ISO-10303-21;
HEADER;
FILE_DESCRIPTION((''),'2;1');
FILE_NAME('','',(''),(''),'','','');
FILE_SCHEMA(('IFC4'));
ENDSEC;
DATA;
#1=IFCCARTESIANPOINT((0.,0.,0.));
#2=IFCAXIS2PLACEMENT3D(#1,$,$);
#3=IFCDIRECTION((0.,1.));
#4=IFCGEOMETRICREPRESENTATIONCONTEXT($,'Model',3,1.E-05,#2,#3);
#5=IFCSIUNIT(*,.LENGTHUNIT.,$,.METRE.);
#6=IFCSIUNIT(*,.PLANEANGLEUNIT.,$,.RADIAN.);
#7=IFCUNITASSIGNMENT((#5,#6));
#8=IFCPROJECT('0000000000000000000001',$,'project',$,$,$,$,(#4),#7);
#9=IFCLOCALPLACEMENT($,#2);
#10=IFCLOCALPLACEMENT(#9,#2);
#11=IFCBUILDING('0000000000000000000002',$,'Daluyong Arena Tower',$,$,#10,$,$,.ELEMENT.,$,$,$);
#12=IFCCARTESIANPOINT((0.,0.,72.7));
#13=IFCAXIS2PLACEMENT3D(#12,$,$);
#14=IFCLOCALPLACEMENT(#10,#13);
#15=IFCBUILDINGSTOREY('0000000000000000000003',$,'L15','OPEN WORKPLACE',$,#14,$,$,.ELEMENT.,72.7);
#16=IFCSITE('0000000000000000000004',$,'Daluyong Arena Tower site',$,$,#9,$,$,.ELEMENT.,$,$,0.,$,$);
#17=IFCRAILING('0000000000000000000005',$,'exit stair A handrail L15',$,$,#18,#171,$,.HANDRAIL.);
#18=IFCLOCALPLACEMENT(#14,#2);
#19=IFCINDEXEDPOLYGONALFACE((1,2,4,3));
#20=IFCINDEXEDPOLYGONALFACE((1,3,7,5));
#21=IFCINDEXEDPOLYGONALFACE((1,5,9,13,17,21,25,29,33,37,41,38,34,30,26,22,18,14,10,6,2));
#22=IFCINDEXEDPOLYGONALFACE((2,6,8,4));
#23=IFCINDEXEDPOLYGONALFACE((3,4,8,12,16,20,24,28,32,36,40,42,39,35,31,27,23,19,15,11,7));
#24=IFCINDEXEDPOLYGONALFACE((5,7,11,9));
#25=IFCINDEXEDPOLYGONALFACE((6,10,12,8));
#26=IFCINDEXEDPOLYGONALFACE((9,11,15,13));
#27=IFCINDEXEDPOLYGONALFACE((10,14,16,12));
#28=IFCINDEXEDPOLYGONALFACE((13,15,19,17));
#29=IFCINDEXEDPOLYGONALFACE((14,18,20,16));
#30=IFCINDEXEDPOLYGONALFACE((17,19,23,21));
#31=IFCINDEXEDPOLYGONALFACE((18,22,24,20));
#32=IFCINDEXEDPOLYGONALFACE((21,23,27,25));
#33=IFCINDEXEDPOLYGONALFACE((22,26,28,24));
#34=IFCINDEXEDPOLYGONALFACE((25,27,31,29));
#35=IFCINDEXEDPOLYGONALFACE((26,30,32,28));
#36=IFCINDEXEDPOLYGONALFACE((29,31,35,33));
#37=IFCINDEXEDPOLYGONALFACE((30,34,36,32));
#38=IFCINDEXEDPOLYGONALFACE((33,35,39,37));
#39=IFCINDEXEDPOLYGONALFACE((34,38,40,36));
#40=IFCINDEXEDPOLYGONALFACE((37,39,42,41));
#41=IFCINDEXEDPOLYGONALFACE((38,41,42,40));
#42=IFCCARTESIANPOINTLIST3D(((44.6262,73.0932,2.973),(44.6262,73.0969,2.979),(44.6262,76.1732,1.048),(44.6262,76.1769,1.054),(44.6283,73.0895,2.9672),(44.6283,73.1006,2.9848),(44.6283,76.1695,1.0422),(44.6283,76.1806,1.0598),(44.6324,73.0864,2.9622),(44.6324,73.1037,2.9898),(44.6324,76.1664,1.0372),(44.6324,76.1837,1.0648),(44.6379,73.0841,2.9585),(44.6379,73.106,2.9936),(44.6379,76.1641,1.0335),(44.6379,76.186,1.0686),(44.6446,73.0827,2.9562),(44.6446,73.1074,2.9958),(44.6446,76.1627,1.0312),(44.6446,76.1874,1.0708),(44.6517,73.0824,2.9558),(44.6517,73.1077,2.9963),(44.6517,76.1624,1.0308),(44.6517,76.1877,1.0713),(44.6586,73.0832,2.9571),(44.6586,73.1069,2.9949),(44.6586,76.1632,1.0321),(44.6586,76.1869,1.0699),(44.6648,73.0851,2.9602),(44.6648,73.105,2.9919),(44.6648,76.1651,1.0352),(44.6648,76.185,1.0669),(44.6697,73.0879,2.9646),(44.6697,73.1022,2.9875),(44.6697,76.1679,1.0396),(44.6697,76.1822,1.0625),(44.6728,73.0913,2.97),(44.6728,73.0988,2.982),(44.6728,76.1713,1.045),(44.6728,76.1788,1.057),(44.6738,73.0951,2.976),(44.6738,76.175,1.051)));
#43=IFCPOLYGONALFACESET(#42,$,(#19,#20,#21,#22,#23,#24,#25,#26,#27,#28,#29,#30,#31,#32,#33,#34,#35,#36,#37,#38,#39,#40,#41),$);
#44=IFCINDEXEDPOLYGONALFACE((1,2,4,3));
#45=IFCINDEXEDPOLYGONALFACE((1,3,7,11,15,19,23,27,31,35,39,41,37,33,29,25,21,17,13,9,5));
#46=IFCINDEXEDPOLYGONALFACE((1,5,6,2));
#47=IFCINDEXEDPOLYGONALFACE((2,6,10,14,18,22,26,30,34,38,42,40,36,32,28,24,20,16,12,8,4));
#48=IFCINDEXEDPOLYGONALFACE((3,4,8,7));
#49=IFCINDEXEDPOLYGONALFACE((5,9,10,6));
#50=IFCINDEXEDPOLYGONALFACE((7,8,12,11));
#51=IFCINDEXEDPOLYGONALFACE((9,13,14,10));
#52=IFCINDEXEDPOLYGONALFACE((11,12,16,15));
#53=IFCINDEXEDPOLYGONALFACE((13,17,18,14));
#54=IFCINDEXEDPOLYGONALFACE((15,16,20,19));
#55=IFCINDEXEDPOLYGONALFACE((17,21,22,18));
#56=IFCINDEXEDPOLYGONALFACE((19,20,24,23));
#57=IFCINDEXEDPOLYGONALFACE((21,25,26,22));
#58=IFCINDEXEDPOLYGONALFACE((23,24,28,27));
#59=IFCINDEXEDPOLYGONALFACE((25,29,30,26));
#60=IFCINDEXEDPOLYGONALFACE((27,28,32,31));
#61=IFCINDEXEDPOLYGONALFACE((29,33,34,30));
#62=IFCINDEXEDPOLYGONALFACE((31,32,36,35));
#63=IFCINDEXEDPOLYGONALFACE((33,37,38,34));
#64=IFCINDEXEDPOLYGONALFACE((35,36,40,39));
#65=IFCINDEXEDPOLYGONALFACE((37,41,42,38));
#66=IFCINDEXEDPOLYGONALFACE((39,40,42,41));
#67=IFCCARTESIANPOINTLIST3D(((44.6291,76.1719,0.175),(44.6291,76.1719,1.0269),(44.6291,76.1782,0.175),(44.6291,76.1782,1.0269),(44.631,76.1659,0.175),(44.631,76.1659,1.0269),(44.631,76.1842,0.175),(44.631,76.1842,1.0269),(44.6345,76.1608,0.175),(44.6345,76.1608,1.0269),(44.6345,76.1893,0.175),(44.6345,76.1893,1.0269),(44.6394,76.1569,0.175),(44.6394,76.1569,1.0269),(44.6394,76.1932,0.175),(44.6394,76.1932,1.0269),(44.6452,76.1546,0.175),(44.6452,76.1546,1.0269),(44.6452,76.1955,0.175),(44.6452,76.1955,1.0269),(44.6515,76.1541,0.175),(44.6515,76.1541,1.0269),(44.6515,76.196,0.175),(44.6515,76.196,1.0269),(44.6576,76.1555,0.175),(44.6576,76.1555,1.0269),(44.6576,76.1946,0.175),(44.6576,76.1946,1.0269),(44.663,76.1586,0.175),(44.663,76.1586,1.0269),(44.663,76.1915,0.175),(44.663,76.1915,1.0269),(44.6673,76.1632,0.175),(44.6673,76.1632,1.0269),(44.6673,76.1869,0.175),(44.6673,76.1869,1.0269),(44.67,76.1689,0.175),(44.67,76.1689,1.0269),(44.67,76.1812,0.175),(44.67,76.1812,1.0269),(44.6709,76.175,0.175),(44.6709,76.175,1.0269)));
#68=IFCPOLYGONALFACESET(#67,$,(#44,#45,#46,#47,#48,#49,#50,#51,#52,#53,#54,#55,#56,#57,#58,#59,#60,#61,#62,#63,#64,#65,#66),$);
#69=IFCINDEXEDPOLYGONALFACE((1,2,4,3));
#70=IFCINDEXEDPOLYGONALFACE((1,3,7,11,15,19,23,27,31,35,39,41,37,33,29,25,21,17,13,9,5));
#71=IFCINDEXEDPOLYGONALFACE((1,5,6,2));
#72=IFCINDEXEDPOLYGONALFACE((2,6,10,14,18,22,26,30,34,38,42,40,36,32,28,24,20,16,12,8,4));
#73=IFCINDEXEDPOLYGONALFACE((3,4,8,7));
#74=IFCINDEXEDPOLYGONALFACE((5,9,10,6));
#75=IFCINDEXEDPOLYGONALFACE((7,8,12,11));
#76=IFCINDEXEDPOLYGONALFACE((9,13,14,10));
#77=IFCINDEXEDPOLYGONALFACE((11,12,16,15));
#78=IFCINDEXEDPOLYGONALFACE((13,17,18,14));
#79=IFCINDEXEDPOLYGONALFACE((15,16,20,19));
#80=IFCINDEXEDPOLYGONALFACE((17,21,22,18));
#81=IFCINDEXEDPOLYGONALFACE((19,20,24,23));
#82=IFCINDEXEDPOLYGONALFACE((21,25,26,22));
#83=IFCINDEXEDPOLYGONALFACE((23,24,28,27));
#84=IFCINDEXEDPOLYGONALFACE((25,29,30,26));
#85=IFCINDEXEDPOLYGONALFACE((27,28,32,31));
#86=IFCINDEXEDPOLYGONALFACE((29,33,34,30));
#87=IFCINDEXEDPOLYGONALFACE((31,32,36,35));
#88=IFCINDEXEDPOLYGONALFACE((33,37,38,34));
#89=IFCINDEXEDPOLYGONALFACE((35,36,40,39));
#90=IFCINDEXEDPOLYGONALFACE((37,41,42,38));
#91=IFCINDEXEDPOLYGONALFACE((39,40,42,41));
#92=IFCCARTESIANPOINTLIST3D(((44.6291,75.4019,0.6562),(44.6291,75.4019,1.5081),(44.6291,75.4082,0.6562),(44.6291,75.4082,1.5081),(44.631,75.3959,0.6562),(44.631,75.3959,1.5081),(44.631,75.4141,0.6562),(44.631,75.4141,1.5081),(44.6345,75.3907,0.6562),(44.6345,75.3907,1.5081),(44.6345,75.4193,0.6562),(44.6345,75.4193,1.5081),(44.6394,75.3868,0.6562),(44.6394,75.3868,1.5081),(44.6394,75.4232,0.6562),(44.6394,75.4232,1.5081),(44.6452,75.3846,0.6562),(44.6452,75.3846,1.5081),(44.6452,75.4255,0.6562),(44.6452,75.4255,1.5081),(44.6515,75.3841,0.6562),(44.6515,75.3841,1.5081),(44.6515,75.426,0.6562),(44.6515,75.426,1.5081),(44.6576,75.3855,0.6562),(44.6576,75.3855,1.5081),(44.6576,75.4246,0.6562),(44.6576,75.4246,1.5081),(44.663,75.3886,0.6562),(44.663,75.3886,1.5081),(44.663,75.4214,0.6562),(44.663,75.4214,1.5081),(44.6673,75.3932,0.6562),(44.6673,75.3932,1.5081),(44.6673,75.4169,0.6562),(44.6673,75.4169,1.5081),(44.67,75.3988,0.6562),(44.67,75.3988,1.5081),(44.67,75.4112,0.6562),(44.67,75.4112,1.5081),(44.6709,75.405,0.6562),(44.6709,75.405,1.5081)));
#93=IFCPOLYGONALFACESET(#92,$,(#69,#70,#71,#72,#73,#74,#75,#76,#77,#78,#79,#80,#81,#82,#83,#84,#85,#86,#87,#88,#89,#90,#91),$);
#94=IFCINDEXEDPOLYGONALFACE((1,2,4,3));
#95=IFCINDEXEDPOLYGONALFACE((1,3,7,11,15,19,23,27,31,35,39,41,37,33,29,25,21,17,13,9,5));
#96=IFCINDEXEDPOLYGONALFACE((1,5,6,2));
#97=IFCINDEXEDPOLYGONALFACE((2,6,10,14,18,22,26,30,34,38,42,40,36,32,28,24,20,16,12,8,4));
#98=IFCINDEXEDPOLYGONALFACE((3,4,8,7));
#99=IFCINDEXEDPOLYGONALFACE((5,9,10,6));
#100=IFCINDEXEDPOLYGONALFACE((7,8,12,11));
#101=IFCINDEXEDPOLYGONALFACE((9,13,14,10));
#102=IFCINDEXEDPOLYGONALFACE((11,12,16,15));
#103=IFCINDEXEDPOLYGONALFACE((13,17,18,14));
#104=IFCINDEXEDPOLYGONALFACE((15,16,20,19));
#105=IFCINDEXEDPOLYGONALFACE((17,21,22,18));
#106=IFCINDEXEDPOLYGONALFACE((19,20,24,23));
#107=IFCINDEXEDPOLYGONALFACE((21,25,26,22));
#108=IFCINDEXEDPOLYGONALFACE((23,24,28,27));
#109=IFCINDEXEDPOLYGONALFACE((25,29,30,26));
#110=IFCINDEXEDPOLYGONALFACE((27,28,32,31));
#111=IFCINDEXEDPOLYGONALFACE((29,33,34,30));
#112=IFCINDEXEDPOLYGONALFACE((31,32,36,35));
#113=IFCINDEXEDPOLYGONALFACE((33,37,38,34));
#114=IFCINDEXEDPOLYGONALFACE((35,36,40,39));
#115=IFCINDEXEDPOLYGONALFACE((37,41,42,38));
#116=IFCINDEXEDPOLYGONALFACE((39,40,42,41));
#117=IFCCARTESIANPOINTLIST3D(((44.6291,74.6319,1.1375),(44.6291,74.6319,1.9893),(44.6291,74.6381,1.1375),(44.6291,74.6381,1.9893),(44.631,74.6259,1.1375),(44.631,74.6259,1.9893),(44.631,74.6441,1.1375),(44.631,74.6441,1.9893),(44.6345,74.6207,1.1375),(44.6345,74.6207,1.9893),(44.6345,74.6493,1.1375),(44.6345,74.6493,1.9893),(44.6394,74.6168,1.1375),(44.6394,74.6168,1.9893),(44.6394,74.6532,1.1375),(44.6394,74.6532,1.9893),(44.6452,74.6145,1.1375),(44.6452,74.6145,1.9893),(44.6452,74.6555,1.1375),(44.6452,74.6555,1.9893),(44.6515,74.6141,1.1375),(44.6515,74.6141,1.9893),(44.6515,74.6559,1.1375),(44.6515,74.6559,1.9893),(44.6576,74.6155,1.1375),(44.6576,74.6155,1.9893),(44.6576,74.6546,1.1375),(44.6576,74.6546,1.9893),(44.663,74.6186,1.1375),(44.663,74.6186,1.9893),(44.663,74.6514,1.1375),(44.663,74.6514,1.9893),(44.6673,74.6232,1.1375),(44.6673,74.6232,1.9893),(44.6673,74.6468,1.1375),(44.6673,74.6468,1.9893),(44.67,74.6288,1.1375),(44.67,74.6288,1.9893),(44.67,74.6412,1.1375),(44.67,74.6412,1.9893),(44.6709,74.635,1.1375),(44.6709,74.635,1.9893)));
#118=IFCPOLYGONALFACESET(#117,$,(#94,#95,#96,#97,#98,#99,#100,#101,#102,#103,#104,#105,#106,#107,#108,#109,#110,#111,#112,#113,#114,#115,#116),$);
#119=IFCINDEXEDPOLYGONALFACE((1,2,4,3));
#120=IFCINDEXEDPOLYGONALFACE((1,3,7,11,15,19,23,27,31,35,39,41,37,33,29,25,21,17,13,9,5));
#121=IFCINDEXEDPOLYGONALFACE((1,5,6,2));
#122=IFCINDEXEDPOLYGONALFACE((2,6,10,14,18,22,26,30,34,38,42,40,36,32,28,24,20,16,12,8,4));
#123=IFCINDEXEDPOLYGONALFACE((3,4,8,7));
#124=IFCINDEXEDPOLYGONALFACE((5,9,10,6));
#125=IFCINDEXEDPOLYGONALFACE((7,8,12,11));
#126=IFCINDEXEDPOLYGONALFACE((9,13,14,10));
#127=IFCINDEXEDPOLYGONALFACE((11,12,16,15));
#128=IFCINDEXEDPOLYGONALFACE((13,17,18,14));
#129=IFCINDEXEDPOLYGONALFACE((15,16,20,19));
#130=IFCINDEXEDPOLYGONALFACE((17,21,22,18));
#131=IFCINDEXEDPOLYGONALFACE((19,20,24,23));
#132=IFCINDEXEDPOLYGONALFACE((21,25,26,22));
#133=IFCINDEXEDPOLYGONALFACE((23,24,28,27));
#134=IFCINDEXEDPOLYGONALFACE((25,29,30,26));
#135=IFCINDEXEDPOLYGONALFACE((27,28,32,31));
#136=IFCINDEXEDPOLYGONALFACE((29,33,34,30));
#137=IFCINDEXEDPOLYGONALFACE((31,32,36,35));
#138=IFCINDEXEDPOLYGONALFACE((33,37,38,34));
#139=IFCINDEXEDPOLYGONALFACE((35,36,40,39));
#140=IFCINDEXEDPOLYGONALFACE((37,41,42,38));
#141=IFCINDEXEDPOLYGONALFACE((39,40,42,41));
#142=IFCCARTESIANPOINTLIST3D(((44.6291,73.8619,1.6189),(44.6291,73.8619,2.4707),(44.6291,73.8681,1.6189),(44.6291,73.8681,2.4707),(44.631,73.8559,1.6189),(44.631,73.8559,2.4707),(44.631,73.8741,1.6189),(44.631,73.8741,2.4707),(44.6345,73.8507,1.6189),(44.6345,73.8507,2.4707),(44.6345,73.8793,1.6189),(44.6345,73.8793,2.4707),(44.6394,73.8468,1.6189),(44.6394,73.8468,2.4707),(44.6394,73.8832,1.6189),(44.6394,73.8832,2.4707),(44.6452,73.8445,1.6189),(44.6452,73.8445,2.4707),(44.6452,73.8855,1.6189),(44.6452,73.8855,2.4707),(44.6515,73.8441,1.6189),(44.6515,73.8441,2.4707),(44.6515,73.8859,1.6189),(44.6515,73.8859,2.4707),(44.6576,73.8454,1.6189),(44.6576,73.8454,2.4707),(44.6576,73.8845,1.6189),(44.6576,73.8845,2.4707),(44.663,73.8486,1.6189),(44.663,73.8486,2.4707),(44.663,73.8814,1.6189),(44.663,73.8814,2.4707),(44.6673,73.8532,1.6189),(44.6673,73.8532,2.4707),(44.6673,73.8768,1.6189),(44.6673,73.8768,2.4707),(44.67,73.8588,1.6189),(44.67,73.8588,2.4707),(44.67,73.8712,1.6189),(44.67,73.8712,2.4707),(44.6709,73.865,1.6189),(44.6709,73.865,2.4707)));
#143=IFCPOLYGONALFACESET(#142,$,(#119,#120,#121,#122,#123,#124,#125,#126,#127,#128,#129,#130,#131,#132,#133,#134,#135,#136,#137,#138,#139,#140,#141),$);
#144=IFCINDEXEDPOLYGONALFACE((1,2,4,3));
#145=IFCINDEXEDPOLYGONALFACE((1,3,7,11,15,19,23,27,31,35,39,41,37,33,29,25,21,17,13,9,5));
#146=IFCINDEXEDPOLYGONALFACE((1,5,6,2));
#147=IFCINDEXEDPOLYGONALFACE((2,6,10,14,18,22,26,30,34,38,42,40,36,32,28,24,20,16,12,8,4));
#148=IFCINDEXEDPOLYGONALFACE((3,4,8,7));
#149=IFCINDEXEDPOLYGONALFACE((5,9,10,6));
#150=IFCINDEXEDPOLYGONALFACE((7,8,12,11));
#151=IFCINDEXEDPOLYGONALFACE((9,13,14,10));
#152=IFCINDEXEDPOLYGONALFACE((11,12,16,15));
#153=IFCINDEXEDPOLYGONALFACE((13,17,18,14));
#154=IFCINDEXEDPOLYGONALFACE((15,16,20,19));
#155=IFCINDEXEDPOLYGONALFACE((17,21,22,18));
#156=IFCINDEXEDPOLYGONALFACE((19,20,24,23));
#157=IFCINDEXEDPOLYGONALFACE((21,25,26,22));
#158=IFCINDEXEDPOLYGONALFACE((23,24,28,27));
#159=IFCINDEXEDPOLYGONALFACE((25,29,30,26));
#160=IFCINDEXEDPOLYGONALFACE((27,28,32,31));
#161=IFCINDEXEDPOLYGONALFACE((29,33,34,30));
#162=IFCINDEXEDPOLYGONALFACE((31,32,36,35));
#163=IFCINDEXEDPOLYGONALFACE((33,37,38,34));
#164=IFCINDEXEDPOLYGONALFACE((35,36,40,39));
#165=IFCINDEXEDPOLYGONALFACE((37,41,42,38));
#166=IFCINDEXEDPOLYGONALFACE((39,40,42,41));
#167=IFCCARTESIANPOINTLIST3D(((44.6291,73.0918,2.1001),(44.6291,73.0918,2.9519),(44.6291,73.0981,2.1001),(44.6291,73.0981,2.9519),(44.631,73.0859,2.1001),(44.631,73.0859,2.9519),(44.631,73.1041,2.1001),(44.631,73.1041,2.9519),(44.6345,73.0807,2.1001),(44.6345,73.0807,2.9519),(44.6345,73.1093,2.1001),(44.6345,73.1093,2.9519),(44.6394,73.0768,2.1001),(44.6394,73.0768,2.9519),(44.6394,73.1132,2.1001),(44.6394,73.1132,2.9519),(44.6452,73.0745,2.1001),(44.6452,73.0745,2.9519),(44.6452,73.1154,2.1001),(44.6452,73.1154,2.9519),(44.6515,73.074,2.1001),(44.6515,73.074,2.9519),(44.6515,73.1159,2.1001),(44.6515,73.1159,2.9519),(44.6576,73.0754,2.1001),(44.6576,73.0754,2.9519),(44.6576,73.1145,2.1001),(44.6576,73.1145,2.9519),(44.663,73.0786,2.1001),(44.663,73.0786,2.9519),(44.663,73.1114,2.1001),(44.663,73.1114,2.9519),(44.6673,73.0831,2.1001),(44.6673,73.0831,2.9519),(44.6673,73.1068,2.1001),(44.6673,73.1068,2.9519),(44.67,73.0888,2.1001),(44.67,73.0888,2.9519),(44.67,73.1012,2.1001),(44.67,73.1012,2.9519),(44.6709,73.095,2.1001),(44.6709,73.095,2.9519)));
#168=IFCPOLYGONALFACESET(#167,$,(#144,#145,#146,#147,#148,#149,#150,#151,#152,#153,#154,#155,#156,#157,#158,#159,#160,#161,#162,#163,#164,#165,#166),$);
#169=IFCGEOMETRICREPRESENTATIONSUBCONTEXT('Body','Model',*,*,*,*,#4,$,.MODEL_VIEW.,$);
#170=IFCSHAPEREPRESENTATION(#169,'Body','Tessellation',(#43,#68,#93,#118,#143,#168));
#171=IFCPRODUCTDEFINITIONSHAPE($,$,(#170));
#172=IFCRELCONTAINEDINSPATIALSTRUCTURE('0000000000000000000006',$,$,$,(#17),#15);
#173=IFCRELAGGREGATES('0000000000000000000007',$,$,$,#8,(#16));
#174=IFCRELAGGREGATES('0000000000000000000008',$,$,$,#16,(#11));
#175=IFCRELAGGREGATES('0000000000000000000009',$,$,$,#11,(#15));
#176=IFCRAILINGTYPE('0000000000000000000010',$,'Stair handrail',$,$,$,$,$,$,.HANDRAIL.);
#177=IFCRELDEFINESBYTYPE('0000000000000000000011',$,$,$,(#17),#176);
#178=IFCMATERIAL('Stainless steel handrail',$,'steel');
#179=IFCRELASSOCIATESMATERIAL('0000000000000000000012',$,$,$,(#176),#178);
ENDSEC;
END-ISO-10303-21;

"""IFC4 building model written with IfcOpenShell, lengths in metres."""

from ifc_helpers import new_model, si_unit, direction, frame, origin, origin_2d, place, context, subcontext, project, spatial, circle, extrude, material, type_object, element, save


model = new_model("IFC4")

# Units and contexts
model_context = context("Model", 3, precision=1e-05, world=origin(), true_north=direction((0.0, 1.0)))
body_context = subcontext(model_context, "Body", "Model", "MODEL_VIEW")
ifc_project = project(units=[si_unit("LENGTHUNIT", "METRE"), si_unit("PLANEANGLEUNIT", "RADIAN")], contexts=[model_context])

# Site, building, storey
site_placement = place(None, origin())
site = spatial("IfcSite", under=ifc_project, at=site_placement, Name="Daluyong Arena Tower site", CompositionType="ELEMENT", RefElevation=0.0)
building_placement = place(site_placement, origin())
building = spatial("IfcBuilding", under=site, at=building_placement, Name="Daluyong Arena Tower", CompositionType="ELEMENT")
storey_placement = place(building_placement, frame((0.0, 0.0, 72.7)))
storey = spatial("IfcBuildingStorey", under=building, at=storey_placement, Name="L15", Description="OPEN WORKPLACE", CompositionType="ELEMENT", Elevation=72.7)

# Railing
ifc_material_1 = material(Name="Stainless steel handrail", Category="steel")
railing_type_1 = type_object("IfcRailingType", Name="Stair handrail", PredefinedType="HANDRAIL", material=ifc_material_1)
railing_1_placement = place(storey_placement, frame((44.6499, 76.175, 0.175)))
element("IfcRailing", 1, at=railing_1_placement, inside=storey, type_object=railing_type_1, Name="exit stair A handrail L15", PredefinedType="HANDRAIL", context=body_context, shape_type="SweptSolid", body=[
    extrude(circle(Radius=0.0239, at=origin_2d()), frame((0.0, 0.0, 0.876), z_axis=(0.0, -0.847998, 0.529999), x_axis=(1.0, 0.0, 0.0)), (0.0, 0.0, 1.0), 3.6321),
    extrude(circle(Radius=0.021, at=origin_2d()), origin(), (0.0, 0.0, 1.0), 0.8518),
    extrude(circle(Radius=0.021, at=origin_2d()), frame((0.0, -0.77, 0.4812)), (0.0, 0.0, 1.0), 0.8518),
    extrude(circle(Radius=0.021, at=origin_2d()), frame((0.0, -1.54, 0.9624)), (0.0, 0.0, 1.0), 0.8518),
    extrude(circle(Radius=0.021, at=origin_2d()), frame((0.0, -2.3101, 1.4438)), (0.0, 0.0, 1.0), 0.8518),
    extrude(circle(Radius=0.021, at=origin_2d()), frame((0.0, -3.0801, 1.925)), (0.0, 0.0, 1.0), 0.8518),
])

save(model, "model.ifc")
